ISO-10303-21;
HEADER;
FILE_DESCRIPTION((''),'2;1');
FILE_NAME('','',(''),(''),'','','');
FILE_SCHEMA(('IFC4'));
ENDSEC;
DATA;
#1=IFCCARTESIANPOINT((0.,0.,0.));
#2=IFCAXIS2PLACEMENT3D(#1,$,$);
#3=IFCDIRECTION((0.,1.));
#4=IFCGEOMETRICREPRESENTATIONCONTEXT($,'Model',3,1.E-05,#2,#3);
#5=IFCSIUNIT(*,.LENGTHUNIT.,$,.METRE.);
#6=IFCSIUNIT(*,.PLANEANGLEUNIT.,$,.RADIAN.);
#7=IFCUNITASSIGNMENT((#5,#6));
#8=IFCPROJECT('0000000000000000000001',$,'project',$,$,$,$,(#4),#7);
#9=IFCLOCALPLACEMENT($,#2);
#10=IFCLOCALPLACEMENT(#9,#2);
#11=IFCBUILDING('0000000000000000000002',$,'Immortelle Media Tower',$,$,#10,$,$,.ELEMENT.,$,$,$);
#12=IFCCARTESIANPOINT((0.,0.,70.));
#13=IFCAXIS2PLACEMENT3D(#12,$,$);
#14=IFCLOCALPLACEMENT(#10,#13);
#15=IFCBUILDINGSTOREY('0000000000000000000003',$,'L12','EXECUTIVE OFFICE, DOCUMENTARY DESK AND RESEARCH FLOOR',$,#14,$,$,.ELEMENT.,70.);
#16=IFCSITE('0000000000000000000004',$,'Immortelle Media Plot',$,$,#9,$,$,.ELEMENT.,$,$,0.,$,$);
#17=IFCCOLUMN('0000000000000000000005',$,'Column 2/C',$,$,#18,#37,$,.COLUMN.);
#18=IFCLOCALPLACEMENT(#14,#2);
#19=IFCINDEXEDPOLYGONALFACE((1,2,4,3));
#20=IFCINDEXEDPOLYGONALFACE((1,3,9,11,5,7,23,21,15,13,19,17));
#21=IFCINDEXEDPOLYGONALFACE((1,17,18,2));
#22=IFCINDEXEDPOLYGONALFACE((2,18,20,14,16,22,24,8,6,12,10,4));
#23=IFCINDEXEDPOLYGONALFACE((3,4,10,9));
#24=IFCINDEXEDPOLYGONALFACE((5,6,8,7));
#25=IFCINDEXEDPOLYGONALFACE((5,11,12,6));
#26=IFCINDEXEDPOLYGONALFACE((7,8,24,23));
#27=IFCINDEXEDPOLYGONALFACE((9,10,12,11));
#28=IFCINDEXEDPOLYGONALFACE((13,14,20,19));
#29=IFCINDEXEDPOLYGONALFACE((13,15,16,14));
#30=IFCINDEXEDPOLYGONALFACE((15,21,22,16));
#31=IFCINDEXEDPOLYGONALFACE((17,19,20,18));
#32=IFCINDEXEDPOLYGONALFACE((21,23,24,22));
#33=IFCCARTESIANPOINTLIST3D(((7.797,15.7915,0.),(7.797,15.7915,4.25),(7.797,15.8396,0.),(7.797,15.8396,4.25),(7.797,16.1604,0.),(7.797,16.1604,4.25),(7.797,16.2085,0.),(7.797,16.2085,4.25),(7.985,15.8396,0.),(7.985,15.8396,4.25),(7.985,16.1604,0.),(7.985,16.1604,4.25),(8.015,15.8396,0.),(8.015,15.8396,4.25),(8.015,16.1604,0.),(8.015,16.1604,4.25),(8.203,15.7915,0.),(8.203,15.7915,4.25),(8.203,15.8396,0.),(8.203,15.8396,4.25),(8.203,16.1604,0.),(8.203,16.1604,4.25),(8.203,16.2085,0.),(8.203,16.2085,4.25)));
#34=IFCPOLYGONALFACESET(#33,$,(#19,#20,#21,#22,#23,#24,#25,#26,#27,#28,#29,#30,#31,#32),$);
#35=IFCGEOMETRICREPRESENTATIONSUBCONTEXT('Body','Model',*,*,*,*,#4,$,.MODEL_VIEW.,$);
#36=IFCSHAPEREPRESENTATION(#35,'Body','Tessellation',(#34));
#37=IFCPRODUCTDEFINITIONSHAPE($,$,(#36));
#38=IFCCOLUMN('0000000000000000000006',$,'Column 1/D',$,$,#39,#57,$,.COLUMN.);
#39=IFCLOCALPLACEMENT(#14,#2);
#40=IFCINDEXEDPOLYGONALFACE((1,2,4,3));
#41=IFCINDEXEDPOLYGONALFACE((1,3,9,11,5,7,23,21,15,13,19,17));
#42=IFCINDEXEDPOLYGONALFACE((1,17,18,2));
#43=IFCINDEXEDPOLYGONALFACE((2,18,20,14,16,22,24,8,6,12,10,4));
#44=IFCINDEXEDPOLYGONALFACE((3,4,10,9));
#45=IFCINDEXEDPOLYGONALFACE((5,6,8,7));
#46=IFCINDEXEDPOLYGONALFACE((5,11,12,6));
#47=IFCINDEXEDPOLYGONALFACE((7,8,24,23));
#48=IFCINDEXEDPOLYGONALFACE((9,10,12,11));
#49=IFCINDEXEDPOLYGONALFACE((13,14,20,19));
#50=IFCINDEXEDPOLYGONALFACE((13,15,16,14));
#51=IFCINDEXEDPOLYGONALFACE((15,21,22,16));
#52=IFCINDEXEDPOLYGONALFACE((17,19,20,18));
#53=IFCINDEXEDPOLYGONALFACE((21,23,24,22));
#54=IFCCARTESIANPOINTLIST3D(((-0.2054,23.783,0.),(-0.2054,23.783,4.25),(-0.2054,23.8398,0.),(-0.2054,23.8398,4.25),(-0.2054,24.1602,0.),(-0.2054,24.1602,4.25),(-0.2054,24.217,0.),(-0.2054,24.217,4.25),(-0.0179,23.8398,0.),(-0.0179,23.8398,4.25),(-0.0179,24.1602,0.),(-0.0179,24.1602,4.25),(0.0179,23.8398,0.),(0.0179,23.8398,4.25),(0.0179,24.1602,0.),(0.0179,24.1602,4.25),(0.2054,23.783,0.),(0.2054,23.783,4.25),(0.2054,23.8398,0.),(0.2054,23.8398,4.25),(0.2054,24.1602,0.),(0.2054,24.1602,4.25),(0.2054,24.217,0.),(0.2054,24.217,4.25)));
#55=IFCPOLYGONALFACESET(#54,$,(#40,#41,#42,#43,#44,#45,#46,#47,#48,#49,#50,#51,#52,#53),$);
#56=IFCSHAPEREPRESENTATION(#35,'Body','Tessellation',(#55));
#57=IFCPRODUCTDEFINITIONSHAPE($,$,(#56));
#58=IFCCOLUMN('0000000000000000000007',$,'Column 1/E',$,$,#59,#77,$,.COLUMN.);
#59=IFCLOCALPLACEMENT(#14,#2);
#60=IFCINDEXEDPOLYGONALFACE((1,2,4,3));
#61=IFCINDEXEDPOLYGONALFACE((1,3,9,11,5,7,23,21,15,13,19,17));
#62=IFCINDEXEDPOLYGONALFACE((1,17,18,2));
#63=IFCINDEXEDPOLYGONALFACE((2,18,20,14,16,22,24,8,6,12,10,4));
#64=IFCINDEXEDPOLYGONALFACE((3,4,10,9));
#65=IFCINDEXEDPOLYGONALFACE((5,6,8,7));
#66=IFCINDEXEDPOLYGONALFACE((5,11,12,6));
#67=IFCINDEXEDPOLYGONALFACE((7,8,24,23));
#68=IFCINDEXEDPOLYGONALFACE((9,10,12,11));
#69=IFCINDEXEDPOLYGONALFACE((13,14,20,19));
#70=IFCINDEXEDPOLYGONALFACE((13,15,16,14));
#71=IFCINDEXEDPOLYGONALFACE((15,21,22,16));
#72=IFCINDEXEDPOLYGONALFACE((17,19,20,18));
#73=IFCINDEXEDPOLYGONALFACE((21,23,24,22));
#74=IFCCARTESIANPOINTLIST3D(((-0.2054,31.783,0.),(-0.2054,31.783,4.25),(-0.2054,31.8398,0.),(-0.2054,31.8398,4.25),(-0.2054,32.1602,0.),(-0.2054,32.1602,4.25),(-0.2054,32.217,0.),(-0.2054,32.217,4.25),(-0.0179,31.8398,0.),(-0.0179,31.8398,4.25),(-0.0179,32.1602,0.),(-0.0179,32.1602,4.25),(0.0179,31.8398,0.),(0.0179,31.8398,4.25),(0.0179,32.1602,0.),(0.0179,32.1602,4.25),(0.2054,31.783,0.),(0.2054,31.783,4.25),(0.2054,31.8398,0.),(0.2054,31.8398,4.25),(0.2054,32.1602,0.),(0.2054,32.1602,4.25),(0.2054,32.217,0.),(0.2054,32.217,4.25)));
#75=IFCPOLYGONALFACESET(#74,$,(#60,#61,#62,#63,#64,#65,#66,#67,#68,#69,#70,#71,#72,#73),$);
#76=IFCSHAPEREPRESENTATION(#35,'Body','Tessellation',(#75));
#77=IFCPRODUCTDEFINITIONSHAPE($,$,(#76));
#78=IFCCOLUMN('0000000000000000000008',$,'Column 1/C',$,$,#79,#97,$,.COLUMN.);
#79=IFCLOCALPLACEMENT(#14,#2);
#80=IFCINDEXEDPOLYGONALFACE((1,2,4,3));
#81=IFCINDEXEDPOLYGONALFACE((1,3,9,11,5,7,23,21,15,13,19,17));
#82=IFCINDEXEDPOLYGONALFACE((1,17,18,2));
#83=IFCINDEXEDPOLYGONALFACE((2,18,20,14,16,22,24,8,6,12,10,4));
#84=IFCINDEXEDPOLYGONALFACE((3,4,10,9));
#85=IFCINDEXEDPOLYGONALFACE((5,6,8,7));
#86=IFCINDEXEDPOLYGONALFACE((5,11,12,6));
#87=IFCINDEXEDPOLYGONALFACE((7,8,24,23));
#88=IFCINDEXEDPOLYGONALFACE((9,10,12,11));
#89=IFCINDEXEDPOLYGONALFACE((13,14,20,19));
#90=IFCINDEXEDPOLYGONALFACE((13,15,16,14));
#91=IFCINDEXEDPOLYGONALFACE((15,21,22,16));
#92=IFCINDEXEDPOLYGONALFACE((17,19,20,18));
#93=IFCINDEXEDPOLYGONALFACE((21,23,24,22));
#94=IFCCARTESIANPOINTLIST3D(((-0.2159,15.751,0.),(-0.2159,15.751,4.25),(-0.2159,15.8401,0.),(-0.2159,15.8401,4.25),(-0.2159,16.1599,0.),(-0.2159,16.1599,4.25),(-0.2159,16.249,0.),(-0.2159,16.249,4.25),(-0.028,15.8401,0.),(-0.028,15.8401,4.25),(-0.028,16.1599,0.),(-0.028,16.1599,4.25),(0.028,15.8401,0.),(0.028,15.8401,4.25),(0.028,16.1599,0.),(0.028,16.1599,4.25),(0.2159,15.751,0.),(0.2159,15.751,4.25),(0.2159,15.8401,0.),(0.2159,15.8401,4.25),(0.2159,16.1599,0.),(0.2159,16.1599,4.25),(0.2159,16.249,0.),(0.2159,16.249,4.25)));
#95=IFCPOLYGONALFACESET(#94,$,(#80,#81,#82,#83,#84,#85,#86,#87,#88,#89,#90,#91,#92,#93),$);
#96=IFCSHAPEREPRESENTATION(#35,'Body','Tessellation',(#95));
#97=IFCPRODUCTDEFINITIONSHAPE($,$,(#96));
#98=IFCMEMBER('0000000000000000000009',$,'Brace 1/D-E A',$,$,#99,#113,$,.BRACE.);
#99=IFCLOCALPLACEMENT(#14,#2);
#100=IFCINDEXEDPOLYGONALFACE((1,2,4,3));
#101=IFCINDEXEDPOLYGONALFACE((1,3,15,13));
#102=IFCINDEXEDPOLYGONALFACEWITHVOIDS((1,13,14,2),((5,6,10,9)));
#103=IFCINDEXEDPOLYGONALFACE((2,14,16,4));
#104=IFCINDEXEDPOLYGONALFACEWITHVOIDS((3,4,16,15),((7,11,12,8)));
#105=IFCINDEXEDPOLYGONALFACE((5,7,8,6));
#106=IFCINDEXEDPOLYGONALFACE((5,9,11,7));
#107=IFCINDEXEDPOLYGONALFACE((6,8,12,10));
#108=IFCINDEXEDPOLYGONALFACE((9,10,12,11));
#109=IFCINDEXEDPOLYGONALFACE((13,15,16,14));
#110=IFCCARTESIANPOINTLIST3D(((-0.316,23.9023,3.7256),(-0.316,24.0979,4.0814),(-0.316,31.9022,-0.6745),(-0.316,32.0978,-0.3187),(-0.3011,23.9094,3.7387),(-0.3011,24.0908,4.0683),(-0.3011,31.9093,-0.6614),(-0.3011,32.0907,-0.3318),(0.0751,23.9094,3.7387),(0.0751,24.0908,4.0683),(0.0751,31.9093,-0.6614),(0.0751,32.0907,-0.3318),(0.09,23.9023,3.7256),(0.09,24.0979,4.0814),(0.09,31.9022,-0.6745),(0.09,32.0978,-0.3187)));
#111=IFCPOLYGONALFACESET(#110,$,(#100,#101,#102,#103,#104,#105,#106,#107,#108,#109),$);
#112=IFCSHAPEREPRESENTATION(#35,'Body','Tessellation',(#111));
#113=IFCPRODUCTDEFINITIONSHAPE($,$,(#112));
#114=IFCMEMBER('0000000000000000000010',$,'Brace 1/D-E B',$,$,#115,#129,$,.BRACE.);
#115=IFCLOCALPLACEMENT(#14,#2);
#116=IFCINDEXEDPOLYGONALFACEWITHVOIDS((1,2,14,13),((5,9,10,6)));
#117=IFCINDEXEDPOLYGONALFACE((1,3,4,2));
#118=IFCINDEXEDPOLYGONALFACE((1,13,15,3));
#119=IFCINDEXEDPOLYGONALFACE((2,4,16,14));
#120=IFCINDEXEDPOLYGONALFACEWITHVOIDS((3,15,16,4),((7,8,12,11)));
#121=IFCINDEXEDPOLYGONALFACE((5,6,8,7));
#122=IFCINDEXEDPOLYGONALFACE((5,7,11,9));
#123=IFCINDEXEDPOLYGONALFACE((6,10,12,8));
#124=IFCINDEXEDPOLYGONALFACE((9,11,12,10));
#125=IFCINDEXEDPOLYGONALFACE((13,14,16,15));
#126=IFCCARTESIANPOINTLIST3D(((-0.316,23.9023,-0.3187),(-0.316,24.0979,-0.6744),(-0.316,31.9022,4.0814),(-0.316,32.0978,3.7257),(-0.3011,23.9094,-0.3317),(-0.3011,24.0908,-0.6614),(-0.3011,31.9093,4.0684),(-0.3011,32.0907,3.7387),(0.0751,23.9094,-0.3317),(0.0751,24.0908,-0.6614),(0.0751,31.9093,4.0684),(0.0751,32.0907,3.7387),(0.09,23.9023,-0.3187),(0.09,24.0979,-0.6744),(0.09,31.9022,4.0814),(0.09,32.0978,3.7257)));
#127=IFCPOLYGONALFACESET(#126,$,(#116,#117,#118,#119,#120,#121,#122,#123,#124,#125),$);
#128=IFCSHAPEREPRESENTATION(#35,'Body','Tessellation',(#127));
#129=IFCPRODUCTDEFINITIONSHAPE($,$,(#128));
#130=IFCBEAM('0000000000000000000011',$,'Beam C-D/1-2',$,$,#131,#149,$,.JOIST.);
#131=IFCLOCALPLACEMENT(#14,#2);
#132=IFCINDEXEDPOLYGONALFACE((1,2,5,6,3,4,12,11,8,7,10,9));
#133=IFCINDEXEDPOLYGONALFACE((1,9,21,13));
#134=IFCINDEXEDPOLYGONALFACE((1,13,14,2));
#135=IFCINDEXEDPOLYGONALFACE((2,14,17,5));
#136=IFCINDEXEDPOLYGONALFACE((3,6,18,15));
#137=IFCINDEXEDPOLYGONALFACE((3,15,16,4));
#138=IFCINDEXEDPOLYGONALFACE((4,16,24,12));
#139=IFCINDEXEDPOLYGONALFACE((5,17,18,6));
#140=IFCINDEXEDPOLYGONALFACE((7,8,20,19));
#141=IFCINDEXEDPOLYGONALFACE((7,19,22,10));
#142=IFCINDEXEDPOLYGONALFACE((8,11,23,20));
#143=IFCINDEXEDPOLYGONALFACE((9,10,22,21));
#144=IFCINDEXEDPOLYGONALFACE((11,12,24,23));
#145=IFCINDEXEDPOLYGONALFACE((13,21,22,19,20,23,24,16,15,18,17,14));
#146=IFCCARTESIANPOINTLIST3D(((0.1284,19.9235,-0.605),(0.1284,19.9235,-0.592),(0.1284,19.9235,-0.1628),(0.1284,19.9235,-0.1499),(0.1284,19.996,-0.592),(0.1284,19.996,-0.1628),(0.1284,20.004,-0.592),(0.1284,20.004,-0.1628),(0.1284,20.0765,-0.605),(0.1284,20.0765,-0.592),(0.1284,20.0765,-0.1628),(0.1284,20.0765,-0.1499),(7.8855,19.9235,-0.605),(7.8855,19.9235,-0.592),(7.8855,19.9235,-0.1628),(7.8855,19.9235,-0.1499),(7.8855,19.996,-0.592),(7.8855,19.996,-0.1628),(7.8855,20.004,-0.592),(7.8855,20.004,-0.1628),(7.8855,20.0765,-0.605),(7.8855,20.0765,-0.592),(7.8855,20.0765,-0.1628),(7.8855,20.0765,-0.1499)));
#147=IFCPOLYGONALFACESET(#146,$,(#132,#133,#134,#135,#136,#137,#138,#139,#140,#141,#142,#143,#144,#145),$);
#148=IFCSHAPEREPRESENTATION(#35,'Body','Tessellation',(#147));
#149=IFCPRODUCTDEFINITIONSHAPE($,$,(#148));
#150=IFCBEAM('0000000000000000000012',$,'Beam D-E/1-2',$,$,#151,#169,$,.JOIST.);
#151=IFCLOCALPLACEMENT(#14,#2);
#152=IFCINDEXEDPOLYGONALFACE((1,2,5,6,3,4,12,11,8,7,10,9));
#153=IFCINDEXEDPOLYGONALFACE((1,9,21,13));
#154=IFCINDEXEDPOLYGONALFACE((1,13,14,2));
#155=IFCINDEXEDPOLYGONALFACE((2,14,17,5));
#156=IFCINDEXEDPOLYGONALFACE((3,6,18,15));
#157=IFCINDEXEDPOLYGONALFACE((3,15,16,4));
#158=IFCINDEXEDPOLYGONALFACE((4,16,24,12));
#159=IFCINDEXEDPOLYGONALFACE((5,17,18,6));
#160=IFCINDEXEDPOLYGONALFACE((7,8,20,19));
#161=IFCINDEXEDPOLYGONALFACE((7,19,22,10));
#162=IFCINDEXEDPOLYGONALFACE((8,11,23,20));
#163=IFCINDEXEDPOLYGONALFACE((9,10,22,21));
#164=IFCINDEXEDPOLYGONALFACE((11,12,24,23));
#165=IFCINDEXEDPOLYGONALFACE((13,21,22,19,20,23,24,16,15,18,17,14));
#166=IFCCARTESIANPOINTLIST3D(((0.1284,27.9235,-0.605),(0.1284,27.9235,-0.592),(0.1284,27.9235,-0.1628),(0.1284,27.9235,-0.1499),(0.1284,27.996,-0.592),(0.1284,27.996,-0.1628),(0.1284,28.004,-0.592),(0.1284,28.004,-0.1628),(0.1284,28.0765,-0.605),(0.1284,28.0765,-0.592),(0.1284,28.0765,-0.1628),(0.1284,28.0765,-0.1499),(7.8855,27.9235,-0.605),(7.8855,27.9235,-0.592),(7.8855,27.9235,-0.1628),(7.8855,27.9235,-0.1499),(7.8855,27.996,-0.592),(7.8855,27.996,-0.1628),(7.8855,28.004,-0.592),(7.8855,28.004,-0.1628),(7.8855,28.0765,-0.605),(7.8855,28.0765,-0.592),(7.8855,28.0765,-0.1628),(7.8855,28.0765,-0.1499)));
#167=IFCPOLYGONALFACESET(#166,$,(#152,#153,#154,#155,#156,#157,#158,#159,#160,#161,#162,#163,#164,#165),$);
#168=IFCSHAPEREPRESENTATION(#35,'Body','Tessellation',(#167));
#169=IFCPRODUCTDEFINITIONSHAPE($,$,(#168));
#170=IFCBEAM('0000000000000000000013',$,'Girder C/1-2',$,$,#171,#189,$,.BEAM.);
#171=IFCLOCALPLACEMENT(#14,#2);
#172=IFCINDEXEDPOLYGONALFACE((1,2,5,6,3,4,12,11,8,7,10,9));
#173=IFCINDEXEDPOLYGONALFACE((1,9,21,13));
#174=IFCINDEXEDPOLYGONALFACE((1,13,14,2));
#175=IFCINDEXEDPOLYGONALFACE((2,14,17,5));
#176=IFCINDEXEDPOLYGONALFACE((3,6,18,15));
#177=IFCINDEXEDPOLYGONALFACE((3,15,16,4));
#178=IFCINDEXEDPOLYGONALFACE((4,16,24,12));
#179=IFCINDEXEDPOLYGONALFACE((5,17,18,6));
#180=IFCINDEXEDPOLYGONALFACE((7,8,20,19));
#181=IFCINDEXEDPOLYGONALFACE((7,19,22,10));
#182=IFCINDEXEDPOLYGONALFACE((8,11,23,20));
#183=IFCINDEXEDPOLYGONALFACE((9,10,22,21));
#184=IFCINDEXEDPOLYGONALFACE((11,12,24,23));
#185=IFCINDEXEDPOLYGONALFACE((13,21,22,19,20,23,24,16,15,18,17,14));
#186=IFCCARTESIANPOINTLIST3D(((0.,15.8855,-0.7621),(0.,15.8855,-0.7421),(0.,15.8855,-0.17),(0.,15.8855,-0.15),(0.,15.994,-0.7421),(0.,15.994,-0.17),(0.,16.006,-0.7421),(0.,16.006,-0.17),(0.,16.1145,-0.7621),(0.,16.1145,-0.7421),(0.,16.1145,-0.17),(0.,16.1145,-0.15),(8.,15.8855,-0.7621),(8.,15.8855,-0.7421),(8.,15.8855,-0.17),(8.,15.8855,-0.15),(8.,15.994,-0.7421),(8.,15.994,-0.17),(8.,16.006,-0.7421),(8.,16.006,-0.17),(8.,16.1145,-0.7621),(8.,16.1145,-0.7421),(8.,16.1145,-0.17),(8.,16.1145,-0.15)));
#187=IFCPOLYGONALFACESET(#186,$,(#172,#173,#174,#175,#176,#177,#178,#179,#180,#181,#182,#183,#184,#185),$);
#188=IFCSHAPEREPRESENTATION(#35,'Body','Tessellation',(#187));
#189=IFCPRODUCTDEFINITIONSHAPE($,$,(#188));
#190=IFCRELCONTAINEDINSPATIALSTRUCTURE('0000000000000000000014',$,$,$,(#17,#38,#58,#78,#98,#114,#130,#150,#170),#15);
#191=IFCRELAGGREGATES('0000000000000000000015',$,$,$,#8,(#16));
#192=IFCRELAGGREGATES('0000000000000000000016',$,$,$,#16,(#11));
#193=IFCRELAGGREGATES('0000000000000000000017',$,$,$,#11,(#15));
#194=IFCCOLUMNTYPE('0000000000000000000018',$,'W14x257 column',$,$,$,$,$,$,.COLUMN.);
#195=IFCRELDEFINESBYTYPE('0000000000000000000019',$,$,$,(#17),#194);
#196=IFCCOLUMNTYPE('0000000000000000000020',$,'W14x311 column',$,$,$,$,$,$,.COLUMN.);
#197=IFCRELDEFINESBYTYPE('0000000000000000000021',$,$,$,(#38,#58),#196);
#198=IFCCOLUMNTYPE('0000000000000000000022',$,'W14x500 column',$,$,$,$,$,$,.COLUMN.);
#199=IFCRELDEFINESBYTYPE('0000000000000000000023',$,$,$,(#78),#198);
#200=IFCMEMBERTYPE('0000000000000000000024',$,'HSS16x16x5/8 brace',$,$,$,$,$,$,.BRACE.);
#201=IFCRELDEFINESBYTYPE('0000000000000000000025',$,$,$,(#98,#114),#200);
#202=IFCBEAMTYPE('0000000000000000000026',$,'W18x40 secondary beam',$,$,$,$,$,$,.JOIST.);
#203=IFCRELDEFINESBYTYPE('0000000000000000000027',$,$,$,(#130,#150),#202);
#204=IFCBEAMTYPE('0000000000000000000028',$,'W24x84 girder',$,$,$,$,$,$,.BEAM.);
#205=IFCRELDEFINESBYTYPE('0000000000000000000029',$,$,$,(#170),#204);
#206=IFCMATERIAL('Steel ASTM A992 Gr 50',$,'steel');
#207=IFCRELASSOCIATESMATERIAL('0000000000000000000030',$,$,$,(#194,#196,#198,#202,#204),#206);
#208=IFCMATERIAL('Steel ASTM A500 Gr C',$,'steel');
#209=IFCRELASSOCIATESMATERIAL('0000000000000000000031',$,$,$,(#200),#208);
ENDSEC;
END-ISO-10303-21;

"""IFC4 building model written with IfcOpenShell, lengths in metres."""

from ifc_helpers import new_model, si_unit, direction, frame, origin, origin_2d, place, context, subcontext, project, spatial, hollow_rectangle, i_section, extrude, material, material_profile, profile_set, type_object, element, save


model = new_model("IFC4")

# Units and contexts
model_context = context("Model", 3, precision=1e-05, world=origin(), true_north=direction((0.0, 1.0)))
body_context = subcontext(model_context, "Body", "Model", "MODEL_VIEW")
ifc_project = project(units=[si_unit("LENGTHUNIT", "METRE"), si_unit("PLANEANGLEUNIT", "RADIAN")], contexts=[model_context])

# Site, building, storey
site_placement = place(None, origin())
site = spatial("IfcSite", under=ifc_project, at=site_placement, Name="Immortelle Media Plot", CompositionType="ELEMENT", RefElevation=0.0)
building_placement = place(site_placement, origin())
building = spatial("IfcBuilding", under=site, at=building_placement, Name="Immortelle Media Tower", CompositionType="ELEMENT")
storey_placement = place(building_placement, frame((0.0, 0.0, 70.0)))
storey = spatial("IfcBuildingStorey", under=building, at=storey_placement, Name="L12", Description="EXECUTIVE OFFICE, DOCUMENTARY DESK AND RESEARCH FLOOR", CompositionType="ELEMENT", Elevation=70.0)

# Columns
ifc_material_1 = material(Name="Steel ASTM A992 Gr 50", Category="steel")
ifc_material_profile_1 = material_profile(ifc_material_1, i_section(OverallWidth=0.406, OverallDepth=0.417, WebThickness=0.03, FlangeThickness=0.0481, at=origin_2d()), Name="W14x257")
ifc_profile_set_1 = profile_set([ifc_material_profile_1], Name="Steel ASTM A992 Gr 50")
column_type_1 = type_object("IfcColumnType", Name="W14x257 column", PredefinedType="COLUMN", material=ifc_profile_set_1)
column_1_placement = place(storey_placement, frame((8.0, 16.0, 0.0), z_axis=(0.0, 0.0, 1.0), x_axis=(1.0, 0.0, 0.0)))
element("IfcColumn", 1, at=column_1_placement, inside=storey, type_object=column_type_1, Name="Column 2/C", PredefinedType="COLUMN", context=body_context, shape_type="SweptSolid", body=[
    extrude(i_section(OverallWidth=0.406, OverallDepth=0.417, WebThickness=0.03, FlangeThickness=0.0481, at=origin_2d()), origin(), (0.0, 0.0, 1.0), 4.25),
])
ifc_material_profile_2 = material_profile(ifc_material_1, i_section(OverallWidth=0.4109, OverallDepth=0.4341, WebThickness=0.0359, FlangeThickness=0.0569, at=origin_2d()), Name="W14x311")
ifc_profile_set_2 = profile_set([ifc_material_profile_2], Name="Steel ASTM A992 Gr 50")
column_type_2 = type_object("IfcColumnType", Name="W14x311 column", PredefinedType="COLUMN", material=ifc_profile_set_2)
for number, where, z_axis, x_axis, name in (
    (2, (0.0, 24.0, 0.0), (0.0, 0.0, 1.0), (1.0, 0.0, 0.0), "Column 1/D"),
    (3, (0.0, 32.0, 0.0), (0.0, 0.0, 1.0), (1.0, 0.0, 0.0), "Column 1/E"),
):
    element("IfcColumn", number, at=place(storey_placement, frame(where, z_axis=z_axis, x_axis=x_axis)), inside=storey, type_object=column_type_2, Name=name, PredefinedType="COLUMN", context=body_context, shape_type="SweptSolid", body=[
        extrude(i_section(OverallWidth=0.4109, OverallDepth=0.4341, WebThickness=0.0359, FlangeThickness=0.0569, at=origin_2d()), origin(), (0.0, 0.0, 1.0), 4.25),
    ])
ifc_material_profile_3 = material_profile(ifc_material_1, i_section(OverallWidth=0.4319, OverallDepth=0.498, WebThickness=0.0559, FlangeThickness=0.0891, at=origin_2d()), Name="W14x500")
ifc_profile_set_3 = profile_set([ifc_material_profile_3], Name="Steel ASTM A992 Gr 50")
column_type_3 = type_object("IfcColumnType", Name="W14x500 column", PredefinedType="COLUMN", material=ifc_profile_set_3)
column_2_placement = place(storey_placement, frame((0.0, 16.0, 0.0), z_axis=(0.0, 0.0, 1.0), x_axis=(1.0, 0.0, 0.0)))
element("IfcColumn", 4, at=column_2_placement, inside=storey, type_object=column_type_3, Name="Column 1/C", PredefinedType="COLUMN", context=body_context, shape_type="SweptSolid", body=[
    extrude(i_section(OverallWidth=0.4319, OverallDepth=0.498, WebThickness=0.0559, FlangeThickness=0.0891, at=origin_2d()), origin(), (0.0, 0.0, 1.0), 4.25),
])

# Members
ifc_material_2 = material(Name="Steel ASTM A500 Gr C", Category="steel")
ifc_material_profile_4 = material_profile(ifc_material_2, hollow_rectangle(XDim=0.406, YDim=0.406, WallThickness=0.0149, at=origin_2d()), Name="HSS16x16x5/8 brace")
ifc_profile_set_4 = profile_set([ifc_material_profile_4], Name="Steel ASTM A500 Gr C")
member_type = type_object("IfcMemberType", Name="HSS16x16x5/8 brace", PredefinedType="BRACE", material=ifc_profile_set_4)
for number, where, z_axis, x_axis, name in (
    (5, (-0.113, 32.0, -0.4966), (0.0, -0.876209, 0.481931), (1.0, 0.0, 0.0), "Brace 1/D-E A"),
    (6, (-0.113, 32.0, 3.9036), (0.0, -0.876209, -0.481931), (1.0, 0.0, 0.0), "Brace 1/D-E B"),
):
    element("IfcMember", number, at=place(storey_placement, frame(where, z_axis=z_axis, x_axis=x_axis)), inside=storey, type_object=member_type, Name=name, PredefinedType="BRACE", context=body_context, shape_type="SweptSolid", body=[
        extrude(hollow_rectangle(XDim=0.406, YDim=0.406, WallThickness=0.0149, at=origin_2d()), origin(), (0.0, 0.0, 1.0), 9.1301),
    ])

# Beams
ifc_material_profile_5 = material_profile(ifc_material_1, i_section(OverallWidth=0.1531, OverallDepth=0.4551, WebThickness=0.0081, FlangeThickness=0.0129, at=origin_2d()), Name="W18x40")
ifc_profile_set_5 = profile_set([ifc_material_profile_5], Name="Steel ASTM A992 Gr 50")
beam_type_1 = type_object("IfcBeamType", Name="W18x40 secondary beam", PredefinedType="JOIST", material=ifc_profile_set_5)
for number, where, z_axis, x_axis, name in (
    (7, (0.1284, 20.0, -0.3774), (1.0, 0.0, 0.0), (0.0, 1.0, 0.0), "Beam C-D/1-2"),
    (8, (0.1284, 28.0, -0.3774), (1.0, 0.0, 0.0), (0.0, 1.0, 0.0), "Beam D-E/1-2"),
):
    element("IfcBeam", number, at=place(storey_placement, frame(where, z_axis=z_axis, x_axis=x_axis)), inside=storey, type_object=beam_type_1, Name=name, PredefinedType="JOIST", context=body_context, shape_type="SweptSolid", body=[
        extrude(i_section(OverallWidth=0.1531, OverallDepth=0.4551, WebThickness=0.0081, FlangeThickness=0.0129, at=origin_2d()), origin(), (0.0, 0.0, 1.0), 7.7571),
    ])
ifc_material_profile_6 = material_profile(ifc_material_1, i_section(OverallWidth=0.229, OverallDepth=0.6121, WebThickness=0.012, FlangeThickness=0.02, at=origin_2d()), Name="W24x84")
ifc_profile_set_6 = profile_set([ifc_material_profile_6], Name="Steel ASTM A992 Gr 50")
beam_type_2 = type_object("IfcBeamType", Name="W24x84 girder", PredefinedType="BEAM", material=ifc_profile_set_6)
for number, where, z_axis, x_axis, name in (
    (9, (0.0, 16.0, -0.4561), (1.0, 0.0, 0.0), (0.0, 1.0, 0.0), "Girder C/1-2"),
):
    element("IfcBeam", number, at=place(storey_placement, frame(where, z_axis=z_axis, x_axis=x_axis)), inside=storey, type_object=beam_type_2, Name=name, PredefinedType="BEAM", context=body_context, shape_type="SweptSolid", body=[
        extrude(i_section(OverallWidth=0.229, OverallDepth=0.6121, WebThickness=0.012, FlangeThickness=0.02, at=origin_2d()), origin(), (0.0, 0.0, 1.0), 8.0),
    ])

save(model, "model.ifc")
